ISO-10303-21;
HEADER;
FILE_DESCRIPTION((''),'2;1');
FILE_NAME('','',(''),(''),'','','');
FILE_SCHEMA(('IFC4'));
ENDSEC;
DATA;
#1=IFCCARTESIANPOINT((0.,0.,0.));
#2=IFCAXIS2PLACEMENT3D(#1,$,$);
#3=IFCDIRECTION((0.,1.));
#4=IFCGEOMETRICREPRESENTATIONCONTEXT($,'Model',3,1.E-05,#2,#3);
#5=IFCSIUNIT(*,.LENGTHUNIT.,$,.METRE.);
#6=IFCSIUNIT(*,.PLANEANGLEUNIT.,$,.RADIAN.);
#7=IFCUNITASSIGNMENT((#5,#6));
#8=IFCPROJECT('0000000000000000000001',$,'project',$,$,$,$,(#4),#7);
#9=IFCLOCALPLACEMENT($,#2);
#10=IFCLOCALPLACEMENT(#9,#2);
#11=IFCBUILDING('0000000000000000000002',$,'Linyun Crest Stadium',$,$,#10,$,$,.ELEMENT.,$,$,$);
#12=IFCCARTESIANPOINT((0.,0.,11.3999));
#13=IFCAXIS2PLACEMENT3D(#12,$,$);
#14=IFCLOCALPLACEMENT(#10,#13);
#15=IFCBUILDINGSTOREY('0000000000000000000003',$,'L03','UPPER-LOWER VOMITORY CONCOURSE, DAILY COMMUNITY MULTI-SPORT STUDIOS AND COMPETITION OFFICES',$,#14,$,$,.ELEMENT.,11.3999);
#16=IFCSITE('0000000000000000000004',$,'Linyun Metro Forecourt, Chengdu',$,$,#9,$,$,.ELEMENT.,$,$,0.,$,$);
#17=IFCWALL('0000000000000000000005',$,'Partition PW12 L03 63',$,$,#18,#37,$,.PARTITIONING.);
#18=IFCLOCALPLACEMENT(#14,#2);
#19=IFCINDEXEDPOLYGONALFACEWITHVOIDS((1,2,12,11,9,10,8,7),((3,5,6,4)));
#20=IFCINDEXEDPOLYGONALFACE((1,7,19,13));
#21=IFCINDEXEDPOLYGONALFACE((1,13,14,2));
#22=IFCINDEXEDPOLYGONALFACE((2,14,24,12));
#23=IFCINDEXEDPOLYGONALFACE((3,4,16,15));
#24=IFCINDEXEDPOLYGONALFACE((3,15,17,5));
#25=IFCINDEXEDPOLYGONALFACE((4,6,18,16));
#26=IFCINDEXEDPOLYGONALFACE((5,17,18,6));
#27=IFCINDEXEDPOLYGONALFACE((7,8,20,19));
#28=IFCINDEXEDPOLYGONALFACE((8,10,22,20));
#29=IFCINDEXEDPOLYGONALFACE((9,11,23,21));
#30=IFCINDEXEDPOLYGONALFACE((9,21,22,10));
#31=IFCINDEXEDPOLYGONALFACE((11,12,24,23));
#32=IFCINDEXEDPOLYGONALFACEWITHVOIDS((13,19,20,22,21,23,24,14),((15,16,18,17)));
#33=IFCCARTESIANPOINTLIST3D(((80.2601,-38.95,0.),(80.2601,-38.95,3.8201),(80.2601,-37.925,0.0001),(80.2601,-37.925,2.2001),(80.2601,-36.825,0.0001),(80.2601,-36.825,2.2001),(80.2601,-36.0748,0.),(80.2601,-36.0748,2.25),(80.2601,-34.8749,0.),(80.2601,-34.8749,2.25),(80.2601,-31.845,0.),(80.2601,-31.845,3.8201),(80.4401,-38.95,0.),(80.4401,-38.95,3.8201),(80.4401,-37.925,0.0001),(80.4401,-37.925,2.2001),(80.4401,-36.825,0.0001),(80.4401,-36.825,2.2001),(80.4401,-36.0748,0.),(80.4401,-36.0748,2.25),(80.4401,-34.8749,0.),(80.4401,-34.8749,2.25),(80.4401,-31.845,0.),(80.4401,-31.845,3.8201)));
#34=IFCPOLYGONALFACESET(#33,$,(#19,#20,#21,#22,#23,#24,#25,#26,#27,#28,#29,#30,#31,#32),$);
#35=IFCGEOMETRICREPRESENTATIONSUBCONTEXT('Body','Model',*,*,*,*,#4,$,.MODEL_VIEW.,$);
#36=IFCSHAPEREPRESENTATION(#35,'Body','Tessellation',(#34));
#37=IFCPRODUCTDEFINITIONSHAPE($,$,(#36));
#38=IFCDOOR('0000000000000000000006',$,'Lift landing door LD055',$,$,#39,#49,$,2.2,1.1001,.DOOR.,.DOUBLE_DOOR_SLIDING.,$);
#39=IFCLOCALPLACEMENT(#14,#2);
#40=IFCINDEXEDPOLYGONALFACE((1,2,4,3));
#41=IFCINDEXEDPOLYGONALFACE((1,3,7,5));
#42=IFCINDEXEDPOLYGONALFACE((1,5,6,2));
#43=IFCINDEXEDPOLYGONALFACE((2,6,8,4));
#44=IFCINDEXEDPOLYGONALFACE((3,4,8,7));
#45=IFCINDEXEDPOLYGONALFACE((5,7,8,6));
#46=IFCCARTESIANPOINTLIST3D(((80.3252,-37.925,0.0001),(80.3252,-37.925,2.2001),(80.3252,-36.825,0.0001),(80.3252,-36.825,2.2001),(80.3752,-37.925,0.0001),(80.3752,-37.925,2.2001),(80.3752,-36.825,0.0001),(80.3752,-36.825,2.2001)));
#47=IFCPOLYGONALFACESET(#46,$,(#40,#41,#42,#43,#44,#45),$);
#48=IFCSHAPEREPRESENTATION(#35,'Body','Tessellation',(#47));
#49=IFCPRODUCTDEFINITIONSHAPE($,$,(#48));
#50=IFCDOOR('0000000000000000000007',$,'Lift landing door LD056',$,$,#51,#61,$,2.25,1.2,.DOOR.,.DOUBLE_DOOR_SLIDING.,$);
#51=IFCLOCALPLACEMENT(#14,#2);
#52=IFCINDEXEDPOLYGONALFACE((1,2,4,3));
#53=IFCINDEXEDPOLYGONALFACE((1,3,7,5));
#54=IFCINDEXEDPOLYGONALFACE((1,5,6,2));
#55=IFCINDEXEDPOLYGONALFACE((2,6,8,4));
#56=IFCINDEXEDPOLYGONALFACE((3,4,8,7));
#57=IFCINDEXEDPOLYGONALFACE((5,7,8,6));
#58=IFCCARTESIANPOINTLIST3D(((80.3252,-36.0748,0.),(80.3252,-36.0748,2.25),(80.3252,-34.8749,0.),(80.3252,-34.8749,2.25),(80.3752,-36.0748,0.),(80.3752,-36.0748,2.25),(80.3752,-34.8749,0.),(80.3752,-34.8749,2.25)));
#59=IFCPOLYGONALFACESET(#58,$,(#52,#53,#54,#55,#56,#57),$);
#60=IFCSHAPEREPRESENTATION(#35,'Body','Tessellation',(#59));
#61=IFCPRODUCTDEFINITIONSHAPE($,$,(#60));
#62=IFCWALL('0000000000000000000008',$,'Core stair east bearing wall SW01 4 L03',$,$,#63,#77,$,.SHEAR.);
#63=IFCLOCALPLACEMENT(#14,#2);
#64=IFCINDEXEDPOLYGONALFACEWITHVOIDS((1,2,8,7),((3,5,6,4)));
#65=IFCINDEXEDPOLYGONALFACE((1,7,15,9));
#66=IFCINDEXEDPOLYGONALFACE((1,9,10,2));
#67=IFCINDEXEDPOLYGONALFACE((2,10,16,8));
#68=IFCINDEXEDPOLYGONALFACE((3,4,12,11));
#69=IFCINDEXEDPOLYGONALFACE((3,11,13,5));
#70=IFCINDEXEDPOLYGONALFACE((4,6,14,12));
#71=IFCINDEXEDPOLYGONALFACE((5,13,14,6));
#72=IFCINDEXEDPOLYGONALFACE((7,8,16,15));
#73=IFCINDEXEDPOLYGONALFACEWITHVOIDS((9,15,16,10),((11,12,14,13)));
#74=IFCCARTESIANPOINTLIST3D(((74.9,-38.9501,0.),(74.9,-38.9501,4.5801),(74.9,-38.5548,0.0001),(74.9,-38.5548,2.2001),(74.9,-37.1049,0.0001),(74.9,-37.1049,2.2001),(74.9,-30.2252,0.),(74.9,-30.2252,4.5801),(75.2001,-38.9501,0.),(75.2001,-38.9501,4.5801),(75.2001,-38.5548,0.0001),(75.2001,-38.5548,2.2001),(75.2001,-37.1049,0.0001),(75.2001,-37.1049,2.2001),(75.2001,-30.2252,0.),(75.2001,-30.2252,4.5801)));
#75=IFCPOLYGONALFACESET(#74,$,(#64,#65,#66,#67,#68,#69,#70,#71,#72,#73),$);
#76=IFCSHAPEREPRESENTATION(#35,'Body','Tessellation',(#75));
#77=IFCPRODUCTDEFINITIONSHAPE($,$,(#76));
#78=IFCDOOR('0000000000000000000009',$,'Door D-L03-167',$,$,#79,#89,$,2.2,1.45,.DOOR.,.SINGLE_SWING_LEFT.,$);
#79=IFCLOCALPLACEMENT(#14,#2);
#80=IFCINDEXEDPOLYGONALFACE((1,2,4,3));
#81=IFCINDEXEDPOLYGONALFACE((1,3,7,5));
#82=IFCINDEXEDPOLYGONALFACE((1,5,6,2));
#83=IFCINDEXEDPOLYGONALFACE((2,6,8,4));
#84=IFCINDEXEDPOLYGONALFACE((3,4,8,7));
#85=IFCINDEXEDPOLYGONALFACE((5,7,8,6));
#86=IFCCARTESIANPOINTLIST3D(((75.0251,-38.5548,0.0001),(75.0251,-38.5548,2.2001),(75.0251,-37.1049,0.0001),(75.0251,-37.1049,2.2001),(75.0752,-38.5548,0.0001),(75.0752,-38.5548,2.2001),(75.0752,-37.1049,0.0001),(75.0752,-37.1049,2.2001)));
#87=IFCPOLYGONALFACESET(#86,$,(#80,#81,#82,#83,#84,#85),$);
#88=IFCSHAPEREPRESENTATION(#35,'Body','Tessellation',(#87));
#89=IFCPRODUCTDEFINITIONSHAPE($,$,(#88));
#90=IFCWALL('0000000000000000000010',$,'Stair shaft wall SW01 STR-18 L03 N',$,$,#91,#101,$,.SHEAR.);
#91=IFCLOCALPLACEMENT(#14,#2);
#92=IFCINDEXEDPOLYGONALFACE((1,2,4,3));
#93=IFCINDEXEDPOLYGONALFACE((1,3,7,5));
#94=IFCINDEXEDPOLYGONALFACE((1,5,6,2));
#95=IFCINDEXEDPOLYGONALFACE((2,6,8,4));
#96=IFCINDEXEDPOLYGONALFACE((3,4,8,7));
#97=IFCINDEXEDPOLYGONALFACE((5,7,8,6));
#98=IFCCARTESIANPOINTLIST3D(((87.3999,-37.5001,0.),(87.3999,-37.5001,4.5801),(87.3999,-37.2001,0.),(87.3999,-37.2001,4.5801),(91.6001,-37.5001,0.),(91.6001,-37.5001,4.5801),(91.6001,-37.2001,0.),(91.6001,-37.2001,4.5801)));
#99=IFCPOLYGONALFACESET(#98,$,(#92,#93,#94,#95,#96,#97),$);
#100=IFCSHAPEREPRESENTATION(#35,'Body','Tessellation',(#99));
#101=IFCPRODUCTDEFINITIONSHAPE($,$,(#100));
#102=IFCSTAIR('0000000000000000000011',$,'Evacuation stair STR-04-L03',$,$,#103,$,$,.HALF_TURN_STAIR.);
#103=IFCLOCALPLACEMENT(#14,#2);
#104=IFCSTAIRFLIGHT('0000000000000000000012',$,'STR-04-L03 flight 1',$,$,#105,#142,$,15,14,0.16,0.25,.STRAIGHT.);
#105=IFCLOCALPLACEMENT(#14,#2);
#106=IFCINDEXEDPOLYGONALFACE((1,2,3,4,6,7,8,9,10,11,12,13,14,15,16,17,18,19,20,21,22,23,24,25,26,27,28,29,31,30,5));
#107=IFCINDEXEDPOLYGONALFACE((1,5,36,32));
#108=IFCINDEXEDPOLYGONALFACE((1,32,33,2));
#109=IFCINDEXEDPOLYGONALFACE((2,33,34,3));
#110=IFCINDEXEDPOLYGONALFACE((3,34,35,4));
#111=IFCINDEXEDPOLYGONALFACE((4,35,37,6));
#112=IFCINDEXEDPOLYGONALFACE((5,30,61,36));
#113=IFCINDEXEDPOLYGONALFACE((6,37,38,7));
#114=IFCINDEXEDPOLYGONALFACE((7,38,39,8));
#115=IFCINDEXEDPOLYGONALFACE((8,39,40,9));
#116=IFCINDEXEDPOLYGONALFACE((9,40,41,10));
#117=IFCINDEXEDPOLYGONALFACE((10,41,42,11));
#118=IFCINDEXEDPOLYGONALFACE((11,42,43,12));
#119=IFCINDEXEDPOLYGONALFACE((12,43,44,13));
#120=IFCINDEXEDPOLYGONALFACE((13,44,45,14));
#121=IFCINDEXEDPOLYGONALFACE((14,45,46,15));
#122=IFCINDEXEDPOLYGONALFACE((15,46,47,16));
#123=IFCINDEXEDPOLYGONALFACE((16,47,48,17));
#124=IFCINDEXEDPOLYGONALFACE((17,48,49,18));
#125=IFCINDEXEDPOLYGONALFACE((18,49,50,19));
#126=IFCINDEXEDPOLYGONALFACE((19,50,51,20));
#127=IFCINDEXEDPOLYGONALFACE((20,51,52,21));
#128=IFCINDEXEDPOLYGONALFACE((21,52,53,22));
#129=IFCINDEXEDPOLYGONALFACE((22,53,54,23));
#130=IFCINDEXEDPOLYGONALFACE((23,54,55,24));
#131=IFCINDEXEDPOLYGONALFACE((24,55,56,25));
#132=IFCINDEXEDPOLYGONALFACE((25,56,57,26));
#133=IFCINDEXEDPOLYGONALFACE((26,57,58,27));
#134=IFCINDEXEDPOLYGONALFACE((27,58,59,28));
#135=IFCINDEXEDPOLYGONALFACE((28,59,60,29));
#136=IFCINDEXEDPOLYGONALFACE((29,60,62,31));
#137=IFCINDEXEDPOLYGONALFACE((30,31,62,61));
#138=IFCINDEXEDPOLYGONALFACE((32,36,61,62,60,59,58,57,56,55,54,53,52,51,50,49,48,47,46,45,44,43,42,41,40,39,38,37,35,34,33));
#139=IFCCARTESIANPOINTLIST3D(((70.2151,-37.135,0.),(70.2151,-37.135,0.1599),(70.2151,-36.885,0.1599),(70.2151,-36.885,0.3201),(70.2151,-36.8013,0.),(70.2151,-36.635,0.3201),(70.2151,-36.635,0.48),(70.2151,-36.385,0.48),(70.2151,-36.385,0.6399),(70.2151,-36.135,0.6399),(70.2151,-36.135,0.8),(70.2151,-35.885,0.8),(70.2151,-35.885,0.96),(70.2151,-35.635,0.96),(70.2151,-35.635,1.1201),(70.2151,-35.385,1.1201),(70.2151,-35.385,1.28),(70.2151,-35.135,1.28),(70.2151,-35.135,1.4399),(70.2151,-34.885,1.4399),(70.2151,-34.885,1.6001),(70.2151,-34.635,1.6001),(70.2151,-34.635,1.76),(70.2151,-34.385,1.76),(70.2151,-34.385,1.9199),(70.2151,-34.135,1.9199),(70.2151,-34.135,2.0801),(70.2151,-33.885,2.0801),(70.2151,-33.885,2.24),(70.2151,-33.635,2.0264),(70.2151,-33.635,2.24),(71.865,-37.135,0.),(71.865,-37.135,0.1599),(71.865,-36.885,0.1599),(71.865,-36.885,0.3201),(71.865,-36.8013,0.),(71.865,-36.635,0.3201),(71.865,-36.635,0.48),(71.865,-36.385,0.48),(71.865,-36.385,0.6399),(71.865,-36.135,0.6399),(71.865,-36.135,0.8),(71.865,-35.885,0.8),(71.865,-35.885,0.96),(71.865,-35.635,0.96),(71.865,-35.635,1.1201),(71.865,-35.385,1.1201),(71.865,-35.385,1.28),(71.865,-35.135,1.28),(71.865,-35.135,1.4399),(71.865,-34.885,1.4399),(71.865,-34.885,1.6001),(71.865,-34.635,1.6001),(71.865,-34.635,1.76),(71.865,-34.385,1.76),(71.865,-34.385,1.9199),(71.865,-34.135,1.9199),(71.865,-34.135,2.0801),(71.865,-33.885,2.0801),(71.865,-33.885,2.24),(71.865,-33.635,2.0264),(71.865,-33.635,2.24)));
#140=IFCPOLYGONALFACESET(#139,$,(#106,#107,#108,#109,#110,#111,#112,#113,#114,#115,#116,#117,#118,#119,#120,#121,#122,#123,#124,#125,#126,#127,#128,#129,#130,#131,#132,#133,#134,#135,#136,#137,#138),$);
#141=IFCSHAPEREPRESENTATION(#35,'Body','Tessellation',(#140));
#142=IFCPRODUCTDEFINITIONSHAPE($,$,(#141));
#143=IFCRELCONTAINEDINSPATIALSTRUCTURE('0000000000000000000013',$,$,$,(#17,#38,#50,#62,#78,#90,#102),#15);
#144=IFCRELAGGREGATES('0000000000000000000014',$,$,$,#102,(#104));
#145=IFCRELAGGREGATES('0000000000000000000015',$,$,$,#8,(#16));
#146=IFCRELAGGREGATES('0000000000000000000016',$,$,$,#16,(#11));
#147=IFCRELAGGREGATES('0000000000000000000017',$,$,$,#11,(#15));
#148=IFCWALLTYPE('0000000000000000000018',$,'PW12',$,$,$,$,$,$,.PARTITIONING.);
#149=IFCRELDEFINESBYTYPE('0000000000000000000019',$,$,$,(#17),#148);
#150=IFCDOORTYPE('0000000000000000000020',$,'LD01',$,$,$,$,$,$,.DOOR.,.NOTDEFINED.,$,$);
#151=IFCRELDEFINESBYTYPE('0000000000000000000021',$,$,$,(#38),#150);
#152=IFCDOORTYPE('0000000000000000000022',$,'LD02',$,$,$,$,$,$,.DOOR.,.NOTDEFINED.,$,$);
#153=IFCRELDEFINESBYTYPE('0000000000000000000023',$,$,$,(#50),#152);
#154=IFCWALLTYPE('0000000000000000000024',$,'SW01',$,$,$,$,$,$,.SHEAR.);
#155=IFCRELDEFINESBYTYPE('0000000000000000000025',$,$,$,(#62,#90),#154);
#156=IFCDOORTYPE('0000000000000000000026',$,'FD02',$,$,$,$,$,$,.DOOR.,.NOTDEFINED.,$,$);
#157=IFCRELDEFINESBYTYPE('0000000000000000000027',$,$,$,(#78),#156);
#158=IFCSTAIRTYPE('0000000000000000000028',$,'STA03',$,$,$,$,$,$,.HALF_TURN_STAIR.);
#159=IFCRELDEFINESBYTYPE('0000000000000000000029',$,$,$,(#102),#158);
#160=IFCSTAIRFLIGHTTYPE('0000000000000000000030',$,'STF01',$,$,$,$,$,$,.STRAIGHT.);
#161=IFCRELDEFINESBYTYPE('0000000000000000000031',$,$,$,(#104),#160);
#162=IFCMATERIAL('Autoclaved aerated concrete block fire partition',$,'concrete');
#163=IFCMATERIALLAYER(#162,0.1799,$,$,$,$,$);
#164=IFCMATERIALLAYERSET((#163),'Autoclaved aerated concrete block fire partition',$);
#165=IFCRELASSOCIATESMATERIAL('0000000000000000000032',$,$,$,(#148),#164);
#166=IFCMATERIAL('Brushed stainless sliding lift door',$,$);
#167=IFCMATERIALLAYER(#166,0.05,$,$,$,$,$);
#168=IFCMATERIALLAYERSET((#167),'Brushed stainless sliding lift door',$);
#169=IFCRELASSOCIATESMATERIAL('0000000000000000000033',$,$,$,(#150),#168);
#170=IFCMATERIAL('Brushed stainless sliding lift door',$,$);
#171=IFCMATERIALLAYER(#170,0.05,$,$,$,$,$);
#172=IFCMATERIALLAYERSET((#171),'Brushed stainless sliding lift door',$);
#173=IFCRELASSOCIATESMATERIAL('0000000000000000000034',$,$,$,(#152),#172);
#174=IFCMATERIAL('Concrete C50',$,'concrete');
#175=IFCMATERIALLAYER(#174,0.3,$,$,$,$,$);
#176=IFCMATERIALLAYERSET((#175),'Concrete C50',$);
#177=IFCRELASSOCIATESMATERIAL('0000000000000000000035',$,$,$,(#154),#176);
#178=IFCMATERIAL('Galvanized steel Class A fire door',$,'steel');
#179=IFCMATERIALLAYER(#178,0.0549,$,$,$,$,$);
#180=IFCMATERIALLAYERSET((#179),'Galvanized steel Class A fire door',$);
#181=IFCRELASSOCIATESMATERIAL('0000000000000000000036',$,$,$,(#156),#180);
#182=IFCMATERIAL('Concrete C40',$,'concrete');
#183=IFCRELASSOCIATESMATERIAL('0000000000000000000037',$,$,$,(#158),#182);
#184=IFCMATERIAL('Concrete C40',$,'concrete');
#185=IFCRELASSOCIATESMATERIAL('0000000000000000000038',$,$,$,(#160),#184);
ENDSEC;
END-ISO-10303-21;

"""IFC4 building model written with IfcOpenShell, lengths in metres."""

from ifc_helpers import new_model, si_unit, direction, frame, frame_2d, origin, place, context, subcontext, project, spatial, polyline, rectangle, outline, extrude, material, layer, layer_set, type_object, element, fill, aggregate, save


model = new_model("IFC4")

# Units and contexts
model_context = context("Model", 3, precision=1e-05, world=origin(), true_north=direction((0.0, 1.0)))
body_context = subcontext(model_context, "Body", "Model", "MODEL_VIEW")
ifc_project = project(units=[si_unit("LENGTHUNIT", "METRE"), si_unit("PLANEANGLEUNIT", "RADIAN")], contexts=[model_context])

# Site, building, storey
site_placement = place(None, origin())
site = spatial("IfcSite", under=ifc_project, at=site_placement, Name="Linyun Metro Forecourt, Chengdu", CompositionType="ELEMENT", RefElevation=0.0)
building_placement = place(site_placement, origin())
building = spatial("IfcBuilding", under=site, at=building_placement, Name="Linyun Crest Stadium", CompositionType="ELEMENT")
storey_placement = place(building_placement, frame((0.0, 0.0, 11.3999)))
storey = spatial("IfcBuildingStorey", under=building, at=storey_placement, Name="L03", Description="UPPER-LOWER VOMITORY CONCOURSE, DAILY COMMUNITY MULTI-SPORT STUDIOS AND COMPETITION OFFICES", CompositionType="ELEMENT", Elevation=11.3999)

# Wall, openings, doors
ifc_material_1 = material(Name="Autoclaved aerated concrete block fire partition", Category="concrete")
ifc_layer_1 = layer(ifc_material_1, 0.1799)
ifc_layer_set_1 = layer_set([ifc_layer_1], Name="Autoclaved aerated concrete block fire partition")
wall_type_1 = type_object("IfcWallType", Name="PW12", PredefinedType="PARTITIONING", material=ifc_layer_set_1)
wall_1_placement = place(storey_placement, frame((80.3501, -38.95, 0.0), z_axis=(0.0, 0.0, 1.0), x_axis=(0.0, 1.0, 0.0)))
wall_1 = element("IfcWall", 1, at=wall_1_placement, inside=storey, type_object=wall_type_1, Name="Partition PW12 L03 63", PredefinedType="PARTITIONING", context=body_context, shape_type="SweptSolid", body=[
    extrude(rectangle(XDim=7.105, YDim=0.1799, at=frame_2d((3.5525, 0.0))), origin(), (0.0, 0.0, 1.0), 3.8201),
])
opening_1_placement = place(wall_1_placement, frame((1.0249, 0.0, 0.0)))
opening_1 = element("IfcOpeningElement", 2, at=opening_1_placement, cuts=wall_1, PredefinedType="OPENING", context=body_context, shape_type="SweptSolid", body=[
    extrude(rectangle(XDim=1.1001, YDim=2.2, at=frame_2d((0.55, 1.1001))), frame((0.0, 0.0999, 0.0), z_axis=(0.0, -1.0, 0.0), x_axis=(1.0, 0.0, 0.0)), (0.0, 0.0, 1.0), 0.2),
])
opening_2_placement = place(wall_1_placement, frame((2.875, 0.0, 0.0)))
opening_2 = element("IfcOpeningElement", 3, at=opening_2_placement, cuts=wall_1, PredefinedType="OPENING", context=body_context, shape_type="SweptSolid", body=[
    extrude(rectangle(XDim=1.2, YDim=2.25, at=frame_2d((0.6001, 1.125))), frame((0.0, 0.0999, 0.0), z_axis=(0.0, -1.0, 0.0), x_axis=(1.0, 0.0, 0.0)), (0.0, 0.0, 1.0), 0.2),
])
ifc_material_2 = material(Name="Brushed stainless sliding lift door")
ifc_layer_2 = layer(ifc_material_2, 0.05)
ifc_layer_set_2 = layer_set([ifc_layer_2], Name="Brushed stainless sliding lift door")
door_type_1 = type_object("IfcDoorType", Name="LD01", OperationType="NOTDEFINED", PredefinedType="DOOR", material=ifc_layer_set_2)
door_1_placement = place(opening_1_placement, origin())
door_1 = element("IfcDoor", 4, at=door_1_placement, inside=storey, type_object=door_type_1, Name="Lift landing door LD055", OperationType="DOUBLE_DOOR_SLIDING", OverallHeight=2.2, OverallWidth=1.1001, PredefinedType="DOOR", context=body_context, shape_type="SweptSolid", body=[
    extrude(rectangle(XDim=1.1001, YDim=2.2, at=frame_2d((0.55, 1.1001))), frame((0.0, 0.0249, 0.0), z_axis=(0.0, -1.0, 0.0), x_axis=(1.0, 0.0, 0.0)), (0.0, 0.0, 1.0), 0.05),
])
fill(opening_1, door_1)
ifc_material_3 = material(Name="Brushed stainless sliding lift door")
ifc_layer_3 = layer(ifc_material_3, 0.05)
ifc_layer_set_3 = layer_set([ifc_layer_3], Name="Brushed stainless sliding lift door")
door_type_2 = type_object("IfcDoorType", Name="LD02", OperationType="NOTDEFINED", PredefinedType="DOOR", material=ifc_layer_set_3)
door_2_placement = place(opening_2_placement, origin())
door_2 = element("IfcDoor", 5, at=door_2_placement, inside=storey, type_object=door_type_2, Name="Lift landing door LD056", OperationType="DOUBLE_DOOR_SLIDING", OverallHeight=2.25, OverallWidth=1.2, PredefinedType="DOOR", context=body_context, shape_type="SweptSolid", body=[
    extrude(rectangle(XDim=1.2, YDim=2.25, at=frame_2d((0.6001, 1.125))), frame((0.0, 0.0249, 0.0), z_axis=(0.0, -1.0, 0.0), x_axis=(1.0, 0.0, 0.0)), (0.0, 0.0, 1.0), 0.05),
])
fill(opening_2, door_2)

# Wall, opening, door
ifc_material_4 = material(Name="Concrete C50", Category="concrete")
ifc_layer_4 = layer(ifc_material_4, 0.3)
ifc_layer_set_4 = layer_set([ifc_layer_4], Name="Concrete C50")
wall_type_2 = type_object("IfcWallType", Name="SW01", PredefinedType="SHEAR", material=ifc_layer_set_4)
wall_2_placement = place(storey_placement, frame((75.05, -38.95, 0.0), z_axis=(0.0, 0.0, 1.0), x_axis=(0.0, 1.0, 0.0)))
wall_2 = element("IfcWall", 6, at=wall_2_placement, inside=storey, type_object=wall_type_2, Name="Core stair east bearing wall SW01 4 L03", PredefinedType="SHEAR", context=body_context, shape_type="SweptSolid", body=[
    extrude(rectangle(XDim=8.7249, YDim=0.3, at=frame_2d((4.3623, 0.0))), origin(), (0.0, 0.0, 1.0), 4.5801),
])
opening_3_placement = place(wall_2_placement, frame((0.395, 0.0, 0.0)))
opening_3 = element("IfcOpeningElement", 7, at=opening_3_placement, cuts=wall_2, PredefinedType="OPENING", context=body_context, shape_type="SweptSolid", body=[
    extrude(rectangle(XDim=1.45, YDim=2.2, at=frame_2d((0.7251, 1.1001))), frame((0.0, 0.1599, 0.0), z_axis=(0.0, -1.0, 0.0), x_axis=(1.0, 0.0, 0.0)), (0.0, 0.0, 1.0), 0.3201),
])
ifc_material_5 = material(Name="Galvanized steel Class A fire door", Category="steel")
ifc_layer_5 = layer(ifc_material_5, 0.0549)
ifc_layer_set_5 = layer_set([ifc_layer_5], Name="Galvanized steel Class A fire door")
door_type_3 = type_object("IfcDoorType", Name="FD02", OperationType="NOTDEFINED", PredefinedType="DOOR", material=ifc_layer_set_5)
door_3_placement = place(opening_3_placement, origin())
door_3 = element("IfcDoor", 8, at=door_3_placement, inside=storey, type_object=door_type_3, Name="Door D-L03-167", OperationType="SINGLE_SWING_LEFT", OverallHeight=2.2, OverallWidth=1.45, PredefinedType="DOOR", context=body_context, shape_type="SweptSolid", body=[
    extrude(rectangle(XDim=1.45, YDim=2.2, at=frame_2d((0.7251, 1.1001))), frame((0.0, 0.0249, 0.0), z_axis=(0.0, -1.0, 0.0), x_axis=(1.0, 0.0, 0.0)), (0.0, 0.0, 1.0), 0.05),
])
fill(opening_3, door_3)

# Wall
wall_3_placement = place(storey_placement, frame((87.3999, -37.3501, 0.0), z_axis=(0.0, 0.0, 1.0), x_axis=(1.0, 0.0, 0.0)))
element("IfcWall", 9, at=wall_3_placement, inside=storey, type_object=wall_type_2, Name="Stair shaft wall SW01 STR-18 L03 N", PredefinedType="SHEAR", context=body_context, shape_type="SweptSolid", body=[
    extrude(rectangle(XDim=4.2002, YDim=0.3, at=frame_2d((2.1001, 0.0))), origin(), (0.0, 0.0, 1.0), 4.5801),
])

# Stair, stair flight
ifc_material_6 = material(Name="Concrete C40", Category="concrete")
stair_type = type_object("IfcStairType", Name="STA03", PredefinedType="HALF_TURN_STAIR", material=ifc_material_6)
stair_placement = place(storey_placement, origin())
stair = element("IfcStair", 10, at=stair_placement, inside=storey, type_object=stair_type, Name="Evacuation stair STR-04-L03", PredefinedType="HALF_TURN_STAIR")
ifc_material_7 = material(Name="Concrete C40", Category="concrete")
stair_flight_type = type_object("IfcStairFlightType", Name="STF01", PredefinedType="STRAIGHT", material=ifc_material_7)
stair_flight_placement = place(storey_placement, frame((71.04, -37.135, 0.0), z_axis=(0.0, 0.0, 1.0), x_axis=(0.0, 1.0, 0.0)))
stair_flight = element("IfcStairFlight", 11, at=stair_flight_placement, type_object=stair_flight_type, Name="STR-04-L03 flight 1", NumberOfRisers=15, NumberOfTreads=14, PredefinedType="STRAIGHT", RiserHeight=0.16, TreadLength=0.25, context=body_context, shape_type="SweptSolid", body=[
    extrude(outline(polyline([(0.0, 0.0), (0.0, 0.1599), (0.25, 0.1599), (0.25, 0.3201), (0.5, 0.3201), (0.5, 0.48), (0.75, 0.48), (0.75, 0.6399), (1.0, 0.6399), (1.0, 0.8), (1.25, 0.8), (1.25, 0.96), (1.5, 0.96), (1.5, 1.1201), (1.75, 1.1201), (1.75, 1.28), (2.0, 1.28), (2.0, 1.4399), (2.25, 1.4399), (2.25, 1.6001), (2.5, 1.6001), (2.5, 1.76), (2.75, 1.76), (2.75, 1.9199), (3.0, 1.9199), (3.0, 2.0801), (3.25, 2.0801), (3.25, 2.24), (3.5, 2.24), (3.5, 2.3999), (3.5, 2.0264), (0.3337, 0.0), (0.0, 0.0)])), frame((0.0, 0.825, 0.0), z_axis=(0.0, -1.0, 0.0), x_axis=(1.0, 0.0, 0.0)), (0.0, 0.0, 1.0), 1.6499),
])
aggregate(stair, [stair_flight])

save(model, "model.ifc")
